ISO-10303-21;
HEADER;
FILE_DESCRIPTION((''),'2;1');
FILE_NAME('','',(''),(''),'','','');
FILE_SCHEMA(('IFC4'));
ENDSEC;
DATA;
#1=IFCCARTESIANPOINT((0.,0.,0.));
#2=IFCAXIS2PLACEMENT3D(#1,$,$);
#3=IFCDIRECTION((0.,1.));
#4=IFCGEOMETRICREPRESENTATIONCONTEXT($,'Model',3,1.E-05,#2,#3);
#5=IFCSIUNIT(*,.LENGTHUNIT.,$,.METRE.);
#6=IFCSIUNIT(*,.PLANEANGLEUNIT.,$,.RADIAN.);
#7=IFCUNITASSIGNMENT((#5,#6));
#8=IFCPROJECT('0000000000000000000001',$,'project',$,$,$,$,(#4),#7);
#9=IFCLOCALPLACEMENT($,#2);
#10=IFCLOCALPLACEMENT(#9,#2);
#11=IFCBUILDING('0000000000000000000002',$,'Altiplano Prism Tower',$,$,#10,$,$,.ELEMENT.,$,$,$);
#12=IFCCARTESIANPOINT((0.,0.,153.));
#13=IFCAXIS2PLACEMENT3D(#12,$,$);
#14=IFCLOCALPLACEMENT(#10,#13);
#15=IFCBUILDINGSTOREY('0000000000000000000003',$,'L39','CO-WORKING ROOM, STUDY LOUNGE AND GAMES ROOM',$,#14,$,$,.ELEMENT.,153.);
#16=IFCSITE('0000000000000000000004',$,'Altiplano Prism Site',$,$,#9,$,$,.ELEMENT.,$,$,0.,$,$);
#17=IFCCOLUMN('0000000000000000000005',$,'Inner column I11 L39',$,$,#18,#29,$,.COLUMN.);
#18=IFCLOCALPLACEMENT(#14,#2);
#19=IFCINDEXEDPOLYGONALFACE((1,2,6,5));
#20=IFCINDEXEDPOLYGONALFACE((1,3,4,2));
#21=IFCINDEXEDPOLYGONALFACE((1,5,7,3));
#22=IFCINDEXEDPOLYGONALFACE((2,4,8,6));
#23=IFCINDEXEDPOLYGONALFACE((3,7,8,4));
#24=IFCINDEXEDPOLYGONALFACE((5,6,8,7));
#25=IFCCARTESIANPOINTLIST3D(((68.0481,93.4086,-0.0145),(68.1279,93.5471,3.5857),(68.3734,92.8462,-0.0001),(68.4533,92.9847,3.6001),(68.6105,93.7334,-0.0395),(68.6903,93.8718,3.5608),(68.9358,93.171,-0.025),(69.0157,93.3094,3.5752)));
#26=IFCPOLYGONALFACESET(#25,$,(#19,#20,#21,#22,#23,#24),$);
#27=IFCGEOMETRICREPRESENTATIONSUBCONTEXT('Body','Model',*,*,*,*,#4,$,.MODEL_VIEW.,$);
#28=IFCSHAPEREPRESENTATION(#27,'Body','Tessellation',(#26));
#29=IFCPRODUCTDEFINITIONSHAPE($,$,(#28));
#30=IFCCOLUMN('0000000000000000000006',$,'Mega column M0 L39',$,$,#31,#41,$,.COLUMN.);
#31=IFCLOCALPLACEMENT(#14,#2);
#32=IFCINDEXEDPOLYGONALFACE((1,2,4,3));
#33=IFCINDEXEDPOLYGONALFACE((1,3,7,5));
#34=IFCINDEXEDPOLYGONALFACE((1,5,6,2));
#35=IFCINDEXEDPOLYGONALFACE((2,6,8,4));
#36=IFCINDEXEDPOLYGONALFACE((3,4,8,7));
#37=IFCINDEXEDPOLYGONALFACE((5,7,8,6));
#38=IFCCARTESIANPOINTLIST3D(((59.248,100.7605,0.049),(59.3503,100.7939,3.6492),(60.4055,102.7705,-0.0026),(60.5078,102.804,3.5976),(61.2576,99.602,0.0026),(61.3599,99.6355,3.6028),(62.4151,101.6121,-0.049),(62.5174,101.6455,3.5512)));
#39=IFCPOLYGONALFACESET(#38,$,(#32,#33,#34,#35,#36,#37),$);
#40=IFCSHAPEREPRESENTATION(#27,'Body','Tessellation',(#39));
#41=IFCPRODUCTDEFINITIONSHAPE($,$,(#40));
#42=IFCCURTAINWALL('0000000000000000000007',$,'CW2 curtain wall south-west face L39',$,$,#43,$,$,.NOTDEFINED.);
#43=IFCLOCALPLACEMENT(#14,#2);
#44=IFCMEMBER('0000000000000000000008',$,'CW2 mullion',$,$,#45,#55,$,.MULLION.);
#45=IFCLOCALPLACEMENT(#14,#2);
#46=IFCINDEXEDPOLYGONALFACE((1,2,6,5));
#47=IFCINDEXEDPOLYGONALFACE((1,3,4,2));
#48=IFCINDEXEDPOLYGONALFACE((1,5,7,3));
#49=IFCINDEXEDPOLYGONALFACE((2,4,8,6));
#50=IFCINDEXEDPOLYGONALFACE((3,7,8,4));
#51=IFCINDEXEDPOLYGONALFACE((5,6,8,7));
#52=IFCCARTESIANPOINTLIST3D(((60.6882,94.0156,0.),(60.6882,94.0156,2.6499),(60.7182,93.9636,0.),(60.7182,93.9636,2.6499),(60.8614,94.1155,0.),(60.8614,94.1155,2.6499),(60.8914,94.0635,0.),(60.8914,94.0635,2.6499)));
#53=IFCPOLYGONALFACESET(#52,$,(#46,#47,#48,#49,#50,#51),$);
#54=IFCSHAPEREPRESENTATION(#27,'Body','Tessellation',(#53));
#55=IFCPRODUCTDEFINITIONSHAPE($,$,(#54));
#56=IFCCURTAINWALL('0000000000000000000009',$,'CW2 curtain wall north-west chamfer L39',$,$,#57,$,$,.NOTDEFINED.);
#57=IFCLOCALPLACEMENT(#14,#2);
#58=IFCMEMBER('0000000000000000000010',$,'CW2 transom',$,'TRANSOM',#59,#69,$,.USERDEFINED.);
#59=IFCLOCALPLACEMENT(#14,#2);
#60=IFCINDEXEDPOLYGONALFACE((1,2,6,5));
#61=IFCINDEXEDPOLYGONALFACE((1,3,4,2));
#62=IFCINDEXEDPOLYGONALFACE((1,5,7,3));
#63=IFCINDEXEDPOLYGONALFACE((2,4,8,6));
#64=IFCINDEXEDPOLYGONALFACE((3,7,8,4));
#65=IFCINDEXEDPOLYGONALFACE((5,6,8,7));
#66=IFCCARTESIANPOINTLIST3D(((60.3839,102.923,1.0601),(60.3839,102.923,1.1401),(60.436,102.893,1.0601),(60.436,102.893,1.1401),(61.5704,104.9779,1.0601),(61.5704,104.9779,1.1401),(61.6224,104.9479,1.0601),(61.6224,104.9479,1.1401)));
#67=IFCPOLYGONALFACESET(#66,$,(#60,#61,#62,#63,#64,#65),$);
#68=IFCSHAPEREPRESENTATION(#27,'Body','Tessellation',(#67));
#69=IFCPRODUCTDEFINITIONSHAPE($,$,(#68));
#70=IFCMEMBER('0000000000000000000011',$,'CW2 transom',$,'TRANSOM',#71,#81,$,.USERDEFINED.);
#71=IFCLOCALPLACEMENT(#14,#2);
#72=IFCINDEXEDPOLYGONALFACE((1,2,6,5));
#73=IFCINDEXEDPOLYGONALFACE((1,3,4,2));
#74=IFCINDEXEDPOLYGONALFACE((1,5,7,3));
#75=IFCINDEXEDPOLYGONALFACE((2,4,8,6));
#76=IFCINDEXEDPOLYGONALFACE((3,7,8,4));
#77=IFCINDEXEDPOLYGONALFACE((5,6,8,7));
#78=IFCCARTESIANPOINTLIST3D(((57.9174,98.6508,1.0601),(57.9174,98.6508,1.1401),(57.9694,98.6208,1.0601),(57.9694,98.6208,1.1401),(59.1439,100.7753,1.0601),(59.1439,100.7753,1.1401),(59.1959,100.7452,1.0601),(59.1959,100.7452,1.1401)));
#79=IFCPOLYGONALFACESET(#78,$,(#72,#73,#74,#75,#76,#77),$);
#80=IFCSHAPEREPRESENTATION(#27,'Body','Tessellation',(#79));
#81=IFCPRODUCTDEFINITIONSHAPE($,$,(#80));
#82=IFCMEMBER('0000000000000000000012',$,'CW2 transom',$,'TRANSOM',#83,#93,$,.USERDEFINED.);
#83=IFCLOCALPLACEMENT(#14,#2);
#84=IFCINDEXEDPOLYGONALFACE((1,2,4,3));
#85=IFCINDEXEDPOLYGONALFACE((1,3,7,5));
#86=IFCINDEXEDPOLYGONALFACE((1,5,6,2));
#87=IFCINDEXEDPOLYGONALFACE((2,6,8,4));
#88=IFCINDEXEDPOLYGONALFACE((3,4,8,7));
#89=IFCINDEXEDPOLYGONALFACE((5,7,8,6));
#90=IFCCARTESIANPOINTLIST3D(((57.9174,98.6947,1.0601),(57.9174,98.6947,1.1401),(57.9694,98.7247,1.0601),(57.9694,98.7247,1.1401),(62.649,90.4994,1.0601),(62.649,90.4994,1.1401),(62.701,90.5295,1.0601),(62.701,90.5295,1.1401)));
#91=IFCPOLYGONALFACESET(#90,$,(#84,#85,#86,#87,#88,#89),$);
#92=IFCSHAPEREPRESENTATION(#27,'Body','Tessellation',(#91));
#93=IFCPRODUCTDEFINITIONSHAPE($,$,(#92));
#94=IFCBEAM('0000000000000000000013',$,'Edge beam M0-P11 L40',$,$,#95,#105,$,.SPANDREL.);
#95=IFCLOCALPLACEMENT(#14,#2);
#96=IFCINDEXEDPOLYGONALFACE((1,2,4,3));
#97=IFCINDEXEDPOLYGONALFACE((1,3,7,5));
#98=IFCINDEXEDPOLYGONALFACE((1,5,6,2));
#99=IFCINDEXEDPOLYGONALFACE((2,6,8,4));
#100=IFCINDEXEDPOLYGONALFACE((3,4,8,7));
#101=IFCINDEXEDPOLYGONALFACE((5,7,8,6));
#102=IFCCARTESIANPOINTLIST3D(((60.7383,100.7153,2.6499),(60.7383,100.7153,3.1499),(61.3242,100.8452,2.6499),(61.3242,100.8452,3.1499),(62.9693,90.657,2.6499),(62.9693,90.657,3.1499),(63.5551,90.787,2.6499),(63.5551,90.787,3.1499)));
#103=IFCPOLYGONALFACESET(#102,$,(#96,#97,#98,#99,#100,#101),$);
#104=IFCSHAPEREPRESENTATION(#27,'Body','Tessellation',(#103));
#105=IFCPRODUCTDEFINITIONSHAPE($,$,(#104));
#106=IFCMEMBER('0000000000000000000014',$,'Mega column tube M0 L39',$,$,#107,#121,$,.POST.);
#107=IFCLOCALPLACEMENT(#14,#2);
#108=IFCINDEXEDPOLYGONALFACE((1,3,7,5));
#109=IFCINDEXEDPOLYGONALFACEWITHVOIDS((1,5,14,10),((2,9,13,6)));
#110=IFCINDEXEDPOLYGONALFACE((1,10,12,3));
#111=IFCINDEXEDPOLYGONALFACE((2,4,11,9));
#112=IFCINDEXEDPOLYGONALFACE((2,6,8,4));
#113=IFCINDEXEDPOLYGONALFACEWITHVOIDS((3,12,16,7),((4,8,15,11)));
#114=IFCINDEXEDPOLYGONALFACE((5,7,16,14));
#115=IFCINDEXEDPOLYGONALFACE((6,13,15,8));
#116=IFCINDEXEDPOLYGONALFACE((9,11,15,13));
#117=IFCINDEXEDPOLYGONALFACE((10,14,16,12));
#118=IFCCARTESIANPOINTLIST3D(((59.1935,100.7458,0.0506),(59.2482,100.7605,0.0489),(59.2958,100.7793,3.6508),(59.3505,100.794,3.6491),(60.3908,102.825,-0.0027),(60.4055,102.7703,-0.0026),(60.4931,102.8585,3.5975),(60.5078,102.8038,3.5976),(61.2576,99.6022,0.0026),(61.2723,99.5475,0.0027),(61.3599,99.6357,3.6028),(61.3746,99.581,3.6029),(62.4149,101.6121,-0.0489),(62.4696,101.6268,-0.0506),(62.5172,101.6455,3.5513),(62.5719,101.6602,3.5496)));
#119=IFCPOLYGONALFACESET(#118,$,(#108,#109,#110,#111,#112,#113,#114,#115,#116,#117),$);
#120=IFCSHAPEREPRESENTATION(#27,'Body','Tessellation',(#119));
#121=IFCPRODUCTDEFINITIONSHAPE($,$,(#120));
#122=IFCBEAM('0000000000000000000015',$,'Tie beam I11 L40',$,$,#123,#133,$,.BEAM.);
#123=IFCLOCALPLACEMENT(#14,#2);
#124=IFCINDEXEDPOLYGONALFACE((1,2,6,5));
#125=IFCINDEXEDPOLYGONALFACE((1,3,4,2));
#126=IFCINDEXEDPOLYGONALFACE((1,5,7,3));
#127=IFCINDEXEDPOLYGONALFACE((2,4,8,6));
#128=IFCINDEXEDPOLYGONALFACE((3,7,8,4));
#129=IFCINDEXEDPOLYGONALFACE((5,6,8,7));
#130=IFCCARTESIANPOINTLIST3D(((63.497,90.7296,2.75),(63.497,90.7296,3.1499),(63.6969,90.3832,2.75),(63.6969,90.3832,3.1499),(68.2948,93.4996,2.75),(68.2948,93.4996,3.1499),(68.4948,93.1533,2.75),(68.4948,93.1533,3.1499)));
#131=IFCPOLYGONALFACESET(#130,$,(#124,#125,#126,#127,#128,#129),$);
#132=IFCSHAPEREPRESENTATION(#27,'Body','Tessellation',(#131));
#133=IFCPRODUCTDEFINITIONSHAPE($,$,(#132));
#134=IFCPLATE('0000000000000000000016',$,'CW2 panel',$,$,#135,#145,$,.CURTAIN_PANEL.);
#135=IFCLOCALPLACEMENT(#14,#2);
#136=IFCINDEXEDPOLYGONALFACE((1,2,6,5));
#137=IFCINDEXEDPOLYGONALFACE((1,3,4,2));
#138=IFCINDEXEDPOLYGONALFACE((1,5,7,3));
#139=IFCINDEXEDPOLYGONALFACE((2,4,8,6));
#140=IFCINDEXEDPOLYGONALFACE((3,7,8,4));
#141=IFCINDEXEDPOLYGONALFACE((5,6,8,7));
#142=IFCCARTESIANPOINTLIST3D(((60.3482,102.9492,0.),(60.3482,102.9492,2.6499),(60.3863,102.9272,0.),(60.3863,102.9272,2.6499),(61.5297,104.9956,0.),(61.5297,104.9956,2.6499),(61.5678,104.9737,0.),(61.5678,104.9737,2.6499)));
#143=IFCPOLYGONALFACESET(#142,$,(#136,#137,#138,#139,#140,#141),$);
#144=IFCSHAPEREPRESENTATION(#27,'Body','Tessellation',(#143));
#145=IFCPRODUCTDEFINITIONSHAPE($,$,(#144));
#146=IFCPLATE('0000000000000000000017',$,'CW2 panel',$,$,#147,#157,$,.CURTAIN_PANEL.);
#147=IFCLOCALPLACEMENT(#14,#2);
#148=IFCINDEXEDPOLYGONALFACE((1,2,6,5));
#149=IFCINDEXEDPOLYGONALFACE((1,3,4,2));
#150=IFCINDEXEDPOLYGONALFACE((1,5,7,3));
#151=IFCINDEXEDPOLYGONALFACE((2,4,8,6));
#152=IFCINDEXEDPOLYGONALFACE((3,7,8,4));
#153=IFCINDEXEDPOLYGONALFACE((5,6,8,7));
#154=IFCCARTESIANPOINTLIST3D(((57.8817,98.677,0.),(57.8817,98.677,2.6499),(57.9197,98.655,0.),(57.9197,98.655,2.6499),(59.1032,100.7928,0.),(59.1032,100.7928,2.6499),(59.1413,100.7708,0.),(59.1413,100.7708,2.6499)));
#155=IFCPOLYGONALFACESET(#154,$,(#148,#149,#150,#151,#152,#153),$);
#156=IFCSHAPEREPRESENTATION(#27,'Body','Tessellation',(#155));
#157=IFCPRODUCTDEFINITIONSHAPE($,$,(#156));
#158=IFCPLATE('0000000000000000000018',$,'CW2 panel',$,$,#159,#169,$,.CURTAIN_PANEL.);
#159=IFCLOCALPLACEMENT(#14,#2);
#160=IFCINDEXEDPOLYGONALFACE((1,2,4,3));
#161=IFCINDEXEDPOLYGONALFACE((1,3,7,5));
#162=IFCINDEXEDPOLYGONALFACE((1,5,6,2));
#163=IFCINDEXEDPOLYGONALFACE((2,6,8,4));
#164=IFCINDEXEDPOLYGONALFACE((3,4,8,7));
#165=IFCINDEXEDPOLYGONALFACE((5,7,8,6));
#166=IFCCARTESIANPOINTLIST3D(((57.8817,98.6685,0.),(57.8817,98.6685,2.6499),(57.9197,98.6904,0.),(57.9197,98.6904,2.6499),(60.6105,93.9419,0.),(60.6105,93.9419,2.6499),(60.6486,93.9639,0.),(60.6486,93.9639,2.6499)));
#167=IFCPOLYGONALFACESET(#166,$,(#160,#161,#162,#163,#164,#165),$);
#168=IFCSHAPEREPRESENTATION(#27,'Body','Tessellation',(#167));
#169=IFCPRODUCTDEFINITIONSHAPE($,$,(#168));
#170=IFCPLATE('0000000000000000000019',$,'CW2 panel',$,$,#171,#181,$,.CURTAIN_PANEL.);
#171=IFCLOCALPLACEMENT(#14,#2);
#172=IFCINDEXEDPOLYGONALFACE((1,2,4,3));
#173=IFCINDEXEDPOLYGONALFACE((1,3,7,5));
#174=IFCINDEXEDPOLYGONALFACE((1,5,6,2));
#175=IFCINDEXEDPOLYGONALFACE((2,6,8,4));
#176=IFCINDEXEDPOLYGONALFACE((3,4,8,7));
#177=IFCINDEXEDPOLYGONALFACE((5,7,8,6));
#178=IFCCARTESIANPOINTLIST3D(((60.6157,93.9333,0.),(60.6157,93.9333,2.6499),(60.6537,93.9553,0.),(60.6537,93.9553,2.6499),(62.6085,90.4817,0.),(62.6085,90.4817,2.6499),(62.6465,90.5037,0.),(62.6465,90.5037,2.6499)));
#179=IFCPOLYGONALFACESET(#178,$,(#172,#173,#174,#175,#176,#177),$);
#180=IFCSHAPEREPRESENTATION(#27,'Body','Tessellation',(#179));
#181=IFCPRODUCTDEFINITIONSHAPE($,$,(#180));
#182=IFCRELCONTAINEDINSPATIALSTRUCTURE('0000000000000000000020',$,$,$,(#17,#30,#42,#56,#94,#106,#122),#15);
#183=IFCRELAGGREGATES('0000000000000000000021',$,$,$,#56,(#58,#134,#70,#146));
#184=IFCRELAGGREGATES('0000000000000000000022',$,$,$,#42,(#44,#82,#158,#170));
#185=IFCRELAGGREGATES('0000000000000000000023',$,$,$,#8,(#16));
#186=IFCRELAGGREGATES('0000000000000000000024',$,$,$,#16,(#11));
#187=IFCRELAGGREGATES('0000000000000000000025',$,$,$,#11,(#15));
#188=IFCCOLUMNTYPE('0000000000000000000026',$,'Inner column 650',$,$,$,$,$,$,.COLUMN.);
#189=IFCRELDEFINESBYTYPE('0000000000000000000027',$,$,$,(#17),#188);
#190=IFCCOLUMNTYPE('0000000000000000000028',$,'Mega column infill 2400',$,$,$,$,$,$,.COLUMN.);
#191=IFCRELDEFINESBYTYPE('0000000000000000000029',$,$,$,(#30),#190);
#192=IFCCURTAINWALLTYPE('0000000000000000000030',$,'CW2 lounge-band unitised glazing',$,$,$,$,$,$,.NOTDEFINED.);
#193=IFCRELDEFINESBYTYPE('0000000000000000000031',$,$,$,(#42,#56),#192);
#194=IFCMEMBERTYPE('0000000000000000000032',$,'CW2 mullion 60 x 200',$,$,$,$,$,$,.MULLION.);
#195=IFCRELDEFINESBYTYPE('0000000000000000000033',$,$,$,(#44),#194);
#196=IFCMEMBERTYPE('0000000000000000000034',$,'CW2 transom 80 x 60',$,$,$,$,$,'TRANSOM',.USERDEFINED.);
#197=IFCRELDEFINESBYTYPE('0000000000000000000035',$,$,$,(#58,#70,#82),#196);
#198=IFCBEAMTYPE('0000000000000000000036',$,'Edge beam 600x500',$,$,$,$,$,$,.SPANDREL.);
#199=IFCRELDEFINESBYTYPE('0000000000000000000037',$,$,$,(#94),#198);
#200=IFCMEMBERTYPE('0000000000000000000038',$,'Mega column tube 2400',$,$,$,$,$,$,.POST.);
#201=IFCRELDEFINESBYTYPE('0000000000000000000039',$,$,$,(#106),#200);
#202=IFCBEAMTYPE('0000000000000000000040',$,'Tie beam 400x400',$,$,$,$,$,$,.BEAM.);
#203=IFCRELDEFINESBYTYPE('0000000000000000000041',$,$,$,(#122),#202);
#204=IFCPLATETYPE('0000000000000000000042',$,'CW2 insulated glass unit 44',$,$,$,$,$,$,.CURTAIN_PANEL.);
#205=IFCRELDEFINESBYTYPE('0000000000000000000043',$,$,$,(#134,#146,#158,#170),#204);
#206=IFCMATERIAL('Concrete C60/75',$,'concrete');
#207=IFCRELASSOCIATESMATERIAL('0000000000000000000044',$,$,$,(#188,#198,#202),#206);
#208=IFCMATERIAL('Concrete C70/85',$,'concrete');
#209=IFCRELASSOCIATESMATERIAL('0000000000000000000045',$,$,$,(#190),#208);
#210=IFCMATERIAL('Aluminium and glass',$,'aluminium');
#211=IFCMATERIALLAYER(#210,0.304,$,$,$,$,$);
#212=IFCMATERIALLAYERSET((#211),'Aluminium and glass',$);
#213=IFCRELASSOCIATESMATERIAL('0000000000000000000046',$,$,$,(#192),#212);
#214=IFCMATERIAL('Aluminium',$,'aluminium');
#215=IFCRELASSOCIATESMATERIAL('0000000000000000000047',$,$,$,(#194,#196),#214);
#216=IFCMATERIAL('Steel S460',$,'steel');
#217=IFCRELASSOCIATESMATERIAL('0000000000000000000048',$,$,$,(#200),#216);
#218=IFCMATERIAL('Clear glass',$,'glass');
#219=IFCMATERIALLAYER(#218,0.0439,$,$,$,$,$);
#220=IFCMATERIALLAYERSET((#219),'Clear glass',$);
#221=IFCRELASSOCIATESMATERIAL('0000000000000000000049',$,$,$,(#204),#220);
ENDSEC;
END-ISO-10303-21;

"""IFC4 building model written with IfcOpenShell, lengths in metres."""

from ifc_helpers import new_model, si_unit, direction, frame, origin, origin_2d, place, context, subcontext, project, spatial, rectangle, hollow_rectangle, extrude, material, layer, layer_set, material_profile, profile_set, type_object, element, aggregate, save


model = new_model("IFC4")

# Units and contexts
model_context = context("Model", 3, precision=1e-05, world=origin(), true_north=direction((0.0, 1.0)))
body_context = subcontext(model_context, "Body", "Model", "MODEL_VIEW")
ifc_project = project(units=[si_unit("LENGTHUNIT", "METRE"), si_unit("PLANEANGLEUNIT", "RADIAN")], contexts=[model_context])

# Site, building, storey
site_placement = place(None, origin())
site = spatial("IfcSite", under=ifc_project, at=site_placement, Name="Altiplano Prism Site", CompositionType="ELEMENT", RefElevation=0.0)
building_placement = place(site_placement, origin())
building = spatial("IfcBuilding", under=site, at=building_placement, Name="Altiplano Prism Tower", CompositionType="ELEMENT")
storey_placement = place(building_placement, frame((0.0, 0.0, 153.0)))
storey = spatial("IfcBuildingStorey", under=building, at=storey_placement, Name="L39", Description="CO-WORKING ROOM, STUDY LOUNGE AND GAMES ROOM", CompositionType="ELEMENT", Elevation=153.0)

# Columns
ifc_material_1 = material(Name="Concrete C60/75", Category="concrete")
ifc_material_profile_1 = material_profile(ifc_material_1, rectangle(XDim=0.6499, YDim=0.6499, at=origin_2d()), Name="Inner column 650")
ifc_profile_set_1 = profile_set([ifc_material_profile_1], Name="Concrete C60/75")
column_type_1 = type_object("IfcColumnType", Name="Inner column 650", PredefinedType="COLUMN", material=ifc_profile_set_1)
column_1_placement = place(storey_placement, frame((68.4919, 93.2898, -0.0198), z_axis=(0.022154, 0.038413, 0.999016), x_axis=(-0.865359, -0.499678, 0.038403)))
element("IfcColumn", 1, at=column_1_placement, inside=storey, type_object=column_type_1, Name="Inner column I11 L39", PredefinedType="COLUMN", context=body_context, shape_type="SweptSolid", body=[
    extrude(rectangle(XDim=0.6499, YDim=0.6499, at=origin_2d()), origin(), (0.0, 0.0, 1.0), 3.6038),
])
ifc_material_2 = material(Name="Concrete C70/85", Category="concrete")
ifc_material_profile_2 = material_profile(ifc_material_2, rectangle(XDim=2.3201, YDim=2.3201, at=origin_2d()), Name="Mega column infill 2400")
ifc_profile_set_2 = profile_set([ifc_material_profile_2], Name="Concrete C70/85")
column_type_2 = type_object("IfcColumnType", Name="Mega column infill 2400", PredefinedType="COLUMN", material=ifc_profile_set_2)
column_2_placement = place(storey_placement, frame((60.8315, 101.1863, 0.0), z_axis=(0.028402, 0.009287, 0.999553), x_axis=(-0.866198, 0.499302, 0.019974)))
element("IfcColumn", 2, at=column_2_placement, inside=storey, type_object=column_type_2, Name="Mega column M0 L39", PredefinedType="COLUMN", context=body_context, shape_type="SweptSolid", body=[
    extrude(rectangle(XDim=2.3201, YDim=2.3201, at=origin_2d()), origin(), (0.0, 0.0, 1.0), 3.6018),
])

# Curtain wall, member
ifc_material_3 = material(Name="Aluminium and glass", Category="aluminium")
ifc_layer_1 = layer(ifc_material_3, 0.304)
ifc_layer_set_1 = layer_set([ifc_layer_1], Name="Aluminium and glass")
curtain_wall_type = type_object("IfcCurtainWallType", Name="CW2 lounge-band unitised glazing", PredefinedType="NOTDEFINED", material=ifc_layer_set_1)
curtain_wall_1_placement = place(storey_placement, origin())
curtain_wall_1 = element("IfcCurtainWall", 3, at=curtain_wall_1_placement, inside=storey, type_object=curtain_wall_type, Name="CW2 curtain wall south-west face L39", PredefinedType="NOTDEFINED")
ifc_material_4 = material(Name="Aluminium", Category="aluminium")
ifc_material_profile_3 = material_profile(ifc_material_4, rectangle(XDim=0.2, YDim=0.0601, at=origin_2d()), Name="CW2 mullion 60 x 200")
ifc_profile_set_3 = profile_set([ifc_material_profile_3], Name="Aluminium")
member_type_1 = type_object("IfcMemberType", Name="CW2 mullion 60 x 200", PredefinedType="MULLION", material=ifc_profile_set_3)
member_1_placement = place(storey_placement, frame((60.7898, 94.0396, 0.0), z_axis=(0.0, 0.0, 1.0), x_axis=(0.866025, 0.5, 0.0)))
member_1 = element("IfcMember", 4, at=member_1_placement, type_object=member_type_1, Name="CW2 mullion", PredefinedType="MULLION", context=body_context, shape_type="SweptSolid", body=[
    extrude(rectangle(XDim=0.2, YDim=0.0601, at=origin_2d()), origin(), (0.0, 0.0, 1.0), 2.6499),
])

# Curtain wall, members
curtain_wall_2_placement = place(storey_placement, origin())
curtain_wall_2 = element("IfcCurtainWall", 5, at=curtain_wall_2_placement, inside=storey, type_object=curtain_wall_type, Name="CW2 curtain wall north-west chamfer L39", PredefinedType="NOTDEFINED")
ifc_material_profile_4 = material_profile(ifc_material_4, rectangle(XDim=0.0601, YDim=0.0801, at=origin_2d()), Name="CW2 transom 80 x 60")
ifc_profile_set_4 = profile_set([ifc_material_profile_4], Name="Aluminium")
member_type_2 = type_object("IfcMemberType", Name="CW2 transom 80 x 60", ElementType="TRANSOM", PredefinedType="USERDEFINED", material=ifc_profile_set_4)
member_2_placement = place(storey_placement, frame((61.5964, 104.9629, 1.1001), z_axis=(-0.500034, -0.866006, 0.0), x_axis=(0.866006, -0.500034, 0.0)))
member_2 = element("IfcMember", 6, at=member_2_placement, type_object=member_type_2, Name="CW2 transom", ObjectType="TRANSOM", PredefinedType="USERDEFINED", context=body_context, shape_type="SweptSolid", body=[
    extrude(rectangle(XDim=0.0601, YDim=0.0801, at=origin_2d()), origin(), (0.0, 0.0, 1.0), 2.3728),
])
member_3_placement = place(storey_placement, frame((59.1699, 100.7603, 1.1001), z_axis=(-0.499992, -0.86603, 0.0), x_axis=(0.86603, -0.499992, 0.0)))
member_3 = element("IfcMember", 7, at=member_3_placement, type_object=member_type_2, Name="CW2 transom", ObjectType="TRANSOM", PredefinedType="USERDEFINED", context=body_context, shape_type="SweptSolid", body=[
    extrude(rectangle(XDim=0.0601, YDim=0.0801, at=origin_2d()), origin(), (0.0, 0.0, 1.0), 2.4531),
])

# Member
member_4_placement = place(storey_placement, frame((57.9434, 98.7097, 1.1001), z_axis=(0.50001, -0.86602, 0.0), x_axis=(0.86602, 0.50001, 0.0)))
member_4 = element("IfcMember", 8, at=member_4_placement, type_object=member_type_2, Name="CW2 transom", ObjectType="TRANSOM", PredefinedType="USERDEFINED", context=body_context, shape_type="SweptSolid", body=[
    extrude(rectangle(XDim=0.0601, YDim=0.0801, at=origin_2d()), origin(), (0.0, 0.0, 1.0), 9.4631),
])

# Beam
ifc_material_profile_5 = material_profile(ifc_material_1, rectangle(XDim=0.6001, YDim=0.5, at=origin_2d()), Name="Edge beam 600x500")
ifc_profile_set_5 = profile_set([ifc_material_profile_5], Name="Concrete C60/75")
beam_type_1 = type_object("IfcBeamType", Name="Edge beam 600x500", PredefinedType="SPANDREL", material=ifc_profile_set_5)
beam_1_placement = place(storey_placement, frame((61.0312, 100.7803, 2.8999), z_axis=(0.216539, -0.976274, 0.0), x_axis=(0.976274, 0.216539, 0.0)))
element("IfcBeam", 9, at=beam_1_placement, inside=storey, type_object=beam_type_1, Name="Edge beam M0-P11 L40", PredefinedType="SPANDREL", context=body_context, shape_type="SweptSolid", body=[
    extrude(rectangle(XDim=0.6001, YDim=0.5, at=origin_2d()), origin(), (0.0, 0.0, 1.0), 10.3027),
])

# Member
ifc_material_5 = material(Name="Steel S460", Category="steel")
ifc_material_profile_6 = material_profile(ifc_material_5, hollow_rectangle(XDim=2.3999, YDim=2.3999, WallThickness=0.04, at=origin_2d()), Name="Mega column tube 2400")
ifc_profile_set_6 = profile_set([ifc_material_profile_6], Name="Steel S460")
member_type_3 = type_object("IfcMemberType", Name="Mega column tube 2400", PredefinedType="POST", material=ifc_profile_set_6)
member_5_placement = place(storey_placement, frame((60.8315, 101.1863, 0.0), z_axis=(0.028402, 0.009287, 0.999553), x_axis=(-0.866198, 0.499302, 0.019974)))
element("IfcMember", 10, at=member_5_placement, inside=storey, type_object=member_type_3, Name="Mega column tube M0 L39", PredefinedType="POST", context=body_context, shape_type="SweptSolid", body=[
    extrude(hollow_rectangle(XDim=2.3999, YDim=2.3999, WallThickness=0.04, at=origin_2d()), origin(), (0.0, 0.0, 1.0), 3.6018),
])

# Beam
ifc_material_profile_7 = material_profile(ifc_material_1, rectangle(XDim=0.3999, YDim=0.3999, at=origin_2d()), Name="Tie beam 400x400")
ifc_profile_set_7 = profile_set([ifc_material_profile_7], Name="Concrete C60/75")
beam_type_2 = type_object("IfcBeamType", Name="Tie beam 400x400", PredefinedType="BEAM", material=ifc_profile_set_7)
beam_2_placement = place(storey_placement, frame((68.3948, 93.3264, 2.95), z_axis=(-0.866027, -0.499997, 0.0), x_axis=(0.499997, -0.866027, 0.0)))
element("IfcBeam", 11, at=beam_2_placement, inside=storey, type_object=beam_type_2, Name="Tie beam I11 L40", PredefinedType="BEAM", context=body_context, shape_type="SweptSolid", body=[
    extrude(rectangle(XDim=0.3999, YDim=0.3999, at=origin_2d()), origin(), (0.0, 0.0, 1.0), 5.54),
])

# Plates
ifc_material_6 = material(Name="Clear glass", Category="glass")
ifc_layer_2 = layer(ifc_material_6, 0.0439)
ifc_layer_set_2 = layer_set([ifc_layer_2], Name="Clear glass")
plate_type = type_object("IfcPlateType", Name="CW2 insulated glass unit 44", PredefinedType="CURTAIN_PANEL", material=ifc_layer_set_2)
plate_1_placement = place(storey_placement, frame((60.958, 103.9614, 0.0), z_axis=(0.0, 0.0, 1.0), x_axis=(-0.5, -0.866025, 0.0)))
plate_1 = element("IfcPlate", 12, at=plate_1_placement, type_object=plate_type, Name="CW2 panel", PredefinedType="CURTAIN_PANEL", context=body_context, shape_type="SweptSolid", body=[
    extrude(rectangle(XDim=2.363, YDim=0.0439, at=origin_2d()), origin(), (0.0, 0.0, 1.0), 2.6499),
])
plate_2_placement = place(storey_placement, frame((58.5115, 99.7239, 0.0), z_axis=(0.0, 0.0, 1.0), x_axis=(-0.5, -0.866025, 0.0)))
plate_2 = element("IfcPlate", 13, at=plate_2_placement, type_object=plate_type, Name="CW2 panel", PredefinedType="CURTAIN_PANEL", context=body_context, shape_type="SweptSolid", body=[
    extrude(rectangle(XDim=2.4431, YDim=0.0439, at=origin_2d()), origin(), (0.0, 0.0, 1.0), 2.6499),
])
aggregate(curtain_wall_2, [member_2, plate_1, member_3, plate_2])
plate_3_placement = place(storey_placement, frame((59.2651, 96.3162, 0.0), z_axis=(0.0, 0.0, 1.0), x_axis=(0.5, -0.866025, 0.0)))
plate_3 = element("IfcPlate", 14, at=plate_3_placement, type_object=plate_type, Name="CW2 panel", PredefinedType="CURTAIN_PANEL", context=body_context, shape_type="SweptSolid", body=[
    extrude(rectangle(XDim=5.4578, YDim=0.0439, at=origin_2d()), origin(), (0.0, 0.0, 1.0), 2.6499),
])
plate_4_placement = place(storey_placement, frame((61.6311, 92.2185, 0.0), z_axis=(0.0, 0.0, 1.0), x_axis=(0.5, -0.866025, 0.0)))
plate_4 = element("IfcPlate", 15, at=plate_4_placement, type_object=plate_type, Name="CW2 panel", PredefinedType="CURTAIN_PANEL", context=body_context, shape_type="SweptSolid", body=[
    extrude(rectangle(XDim=3.9856, YDim=0.0439, at=origin_2d()), origin(), (0.0, 0.0, 1.0), 2.6499),
])
aggregate(curtain_wall_1, [member_1, member_4, plate_3, plate_4])

save(model, "model.ifc")
